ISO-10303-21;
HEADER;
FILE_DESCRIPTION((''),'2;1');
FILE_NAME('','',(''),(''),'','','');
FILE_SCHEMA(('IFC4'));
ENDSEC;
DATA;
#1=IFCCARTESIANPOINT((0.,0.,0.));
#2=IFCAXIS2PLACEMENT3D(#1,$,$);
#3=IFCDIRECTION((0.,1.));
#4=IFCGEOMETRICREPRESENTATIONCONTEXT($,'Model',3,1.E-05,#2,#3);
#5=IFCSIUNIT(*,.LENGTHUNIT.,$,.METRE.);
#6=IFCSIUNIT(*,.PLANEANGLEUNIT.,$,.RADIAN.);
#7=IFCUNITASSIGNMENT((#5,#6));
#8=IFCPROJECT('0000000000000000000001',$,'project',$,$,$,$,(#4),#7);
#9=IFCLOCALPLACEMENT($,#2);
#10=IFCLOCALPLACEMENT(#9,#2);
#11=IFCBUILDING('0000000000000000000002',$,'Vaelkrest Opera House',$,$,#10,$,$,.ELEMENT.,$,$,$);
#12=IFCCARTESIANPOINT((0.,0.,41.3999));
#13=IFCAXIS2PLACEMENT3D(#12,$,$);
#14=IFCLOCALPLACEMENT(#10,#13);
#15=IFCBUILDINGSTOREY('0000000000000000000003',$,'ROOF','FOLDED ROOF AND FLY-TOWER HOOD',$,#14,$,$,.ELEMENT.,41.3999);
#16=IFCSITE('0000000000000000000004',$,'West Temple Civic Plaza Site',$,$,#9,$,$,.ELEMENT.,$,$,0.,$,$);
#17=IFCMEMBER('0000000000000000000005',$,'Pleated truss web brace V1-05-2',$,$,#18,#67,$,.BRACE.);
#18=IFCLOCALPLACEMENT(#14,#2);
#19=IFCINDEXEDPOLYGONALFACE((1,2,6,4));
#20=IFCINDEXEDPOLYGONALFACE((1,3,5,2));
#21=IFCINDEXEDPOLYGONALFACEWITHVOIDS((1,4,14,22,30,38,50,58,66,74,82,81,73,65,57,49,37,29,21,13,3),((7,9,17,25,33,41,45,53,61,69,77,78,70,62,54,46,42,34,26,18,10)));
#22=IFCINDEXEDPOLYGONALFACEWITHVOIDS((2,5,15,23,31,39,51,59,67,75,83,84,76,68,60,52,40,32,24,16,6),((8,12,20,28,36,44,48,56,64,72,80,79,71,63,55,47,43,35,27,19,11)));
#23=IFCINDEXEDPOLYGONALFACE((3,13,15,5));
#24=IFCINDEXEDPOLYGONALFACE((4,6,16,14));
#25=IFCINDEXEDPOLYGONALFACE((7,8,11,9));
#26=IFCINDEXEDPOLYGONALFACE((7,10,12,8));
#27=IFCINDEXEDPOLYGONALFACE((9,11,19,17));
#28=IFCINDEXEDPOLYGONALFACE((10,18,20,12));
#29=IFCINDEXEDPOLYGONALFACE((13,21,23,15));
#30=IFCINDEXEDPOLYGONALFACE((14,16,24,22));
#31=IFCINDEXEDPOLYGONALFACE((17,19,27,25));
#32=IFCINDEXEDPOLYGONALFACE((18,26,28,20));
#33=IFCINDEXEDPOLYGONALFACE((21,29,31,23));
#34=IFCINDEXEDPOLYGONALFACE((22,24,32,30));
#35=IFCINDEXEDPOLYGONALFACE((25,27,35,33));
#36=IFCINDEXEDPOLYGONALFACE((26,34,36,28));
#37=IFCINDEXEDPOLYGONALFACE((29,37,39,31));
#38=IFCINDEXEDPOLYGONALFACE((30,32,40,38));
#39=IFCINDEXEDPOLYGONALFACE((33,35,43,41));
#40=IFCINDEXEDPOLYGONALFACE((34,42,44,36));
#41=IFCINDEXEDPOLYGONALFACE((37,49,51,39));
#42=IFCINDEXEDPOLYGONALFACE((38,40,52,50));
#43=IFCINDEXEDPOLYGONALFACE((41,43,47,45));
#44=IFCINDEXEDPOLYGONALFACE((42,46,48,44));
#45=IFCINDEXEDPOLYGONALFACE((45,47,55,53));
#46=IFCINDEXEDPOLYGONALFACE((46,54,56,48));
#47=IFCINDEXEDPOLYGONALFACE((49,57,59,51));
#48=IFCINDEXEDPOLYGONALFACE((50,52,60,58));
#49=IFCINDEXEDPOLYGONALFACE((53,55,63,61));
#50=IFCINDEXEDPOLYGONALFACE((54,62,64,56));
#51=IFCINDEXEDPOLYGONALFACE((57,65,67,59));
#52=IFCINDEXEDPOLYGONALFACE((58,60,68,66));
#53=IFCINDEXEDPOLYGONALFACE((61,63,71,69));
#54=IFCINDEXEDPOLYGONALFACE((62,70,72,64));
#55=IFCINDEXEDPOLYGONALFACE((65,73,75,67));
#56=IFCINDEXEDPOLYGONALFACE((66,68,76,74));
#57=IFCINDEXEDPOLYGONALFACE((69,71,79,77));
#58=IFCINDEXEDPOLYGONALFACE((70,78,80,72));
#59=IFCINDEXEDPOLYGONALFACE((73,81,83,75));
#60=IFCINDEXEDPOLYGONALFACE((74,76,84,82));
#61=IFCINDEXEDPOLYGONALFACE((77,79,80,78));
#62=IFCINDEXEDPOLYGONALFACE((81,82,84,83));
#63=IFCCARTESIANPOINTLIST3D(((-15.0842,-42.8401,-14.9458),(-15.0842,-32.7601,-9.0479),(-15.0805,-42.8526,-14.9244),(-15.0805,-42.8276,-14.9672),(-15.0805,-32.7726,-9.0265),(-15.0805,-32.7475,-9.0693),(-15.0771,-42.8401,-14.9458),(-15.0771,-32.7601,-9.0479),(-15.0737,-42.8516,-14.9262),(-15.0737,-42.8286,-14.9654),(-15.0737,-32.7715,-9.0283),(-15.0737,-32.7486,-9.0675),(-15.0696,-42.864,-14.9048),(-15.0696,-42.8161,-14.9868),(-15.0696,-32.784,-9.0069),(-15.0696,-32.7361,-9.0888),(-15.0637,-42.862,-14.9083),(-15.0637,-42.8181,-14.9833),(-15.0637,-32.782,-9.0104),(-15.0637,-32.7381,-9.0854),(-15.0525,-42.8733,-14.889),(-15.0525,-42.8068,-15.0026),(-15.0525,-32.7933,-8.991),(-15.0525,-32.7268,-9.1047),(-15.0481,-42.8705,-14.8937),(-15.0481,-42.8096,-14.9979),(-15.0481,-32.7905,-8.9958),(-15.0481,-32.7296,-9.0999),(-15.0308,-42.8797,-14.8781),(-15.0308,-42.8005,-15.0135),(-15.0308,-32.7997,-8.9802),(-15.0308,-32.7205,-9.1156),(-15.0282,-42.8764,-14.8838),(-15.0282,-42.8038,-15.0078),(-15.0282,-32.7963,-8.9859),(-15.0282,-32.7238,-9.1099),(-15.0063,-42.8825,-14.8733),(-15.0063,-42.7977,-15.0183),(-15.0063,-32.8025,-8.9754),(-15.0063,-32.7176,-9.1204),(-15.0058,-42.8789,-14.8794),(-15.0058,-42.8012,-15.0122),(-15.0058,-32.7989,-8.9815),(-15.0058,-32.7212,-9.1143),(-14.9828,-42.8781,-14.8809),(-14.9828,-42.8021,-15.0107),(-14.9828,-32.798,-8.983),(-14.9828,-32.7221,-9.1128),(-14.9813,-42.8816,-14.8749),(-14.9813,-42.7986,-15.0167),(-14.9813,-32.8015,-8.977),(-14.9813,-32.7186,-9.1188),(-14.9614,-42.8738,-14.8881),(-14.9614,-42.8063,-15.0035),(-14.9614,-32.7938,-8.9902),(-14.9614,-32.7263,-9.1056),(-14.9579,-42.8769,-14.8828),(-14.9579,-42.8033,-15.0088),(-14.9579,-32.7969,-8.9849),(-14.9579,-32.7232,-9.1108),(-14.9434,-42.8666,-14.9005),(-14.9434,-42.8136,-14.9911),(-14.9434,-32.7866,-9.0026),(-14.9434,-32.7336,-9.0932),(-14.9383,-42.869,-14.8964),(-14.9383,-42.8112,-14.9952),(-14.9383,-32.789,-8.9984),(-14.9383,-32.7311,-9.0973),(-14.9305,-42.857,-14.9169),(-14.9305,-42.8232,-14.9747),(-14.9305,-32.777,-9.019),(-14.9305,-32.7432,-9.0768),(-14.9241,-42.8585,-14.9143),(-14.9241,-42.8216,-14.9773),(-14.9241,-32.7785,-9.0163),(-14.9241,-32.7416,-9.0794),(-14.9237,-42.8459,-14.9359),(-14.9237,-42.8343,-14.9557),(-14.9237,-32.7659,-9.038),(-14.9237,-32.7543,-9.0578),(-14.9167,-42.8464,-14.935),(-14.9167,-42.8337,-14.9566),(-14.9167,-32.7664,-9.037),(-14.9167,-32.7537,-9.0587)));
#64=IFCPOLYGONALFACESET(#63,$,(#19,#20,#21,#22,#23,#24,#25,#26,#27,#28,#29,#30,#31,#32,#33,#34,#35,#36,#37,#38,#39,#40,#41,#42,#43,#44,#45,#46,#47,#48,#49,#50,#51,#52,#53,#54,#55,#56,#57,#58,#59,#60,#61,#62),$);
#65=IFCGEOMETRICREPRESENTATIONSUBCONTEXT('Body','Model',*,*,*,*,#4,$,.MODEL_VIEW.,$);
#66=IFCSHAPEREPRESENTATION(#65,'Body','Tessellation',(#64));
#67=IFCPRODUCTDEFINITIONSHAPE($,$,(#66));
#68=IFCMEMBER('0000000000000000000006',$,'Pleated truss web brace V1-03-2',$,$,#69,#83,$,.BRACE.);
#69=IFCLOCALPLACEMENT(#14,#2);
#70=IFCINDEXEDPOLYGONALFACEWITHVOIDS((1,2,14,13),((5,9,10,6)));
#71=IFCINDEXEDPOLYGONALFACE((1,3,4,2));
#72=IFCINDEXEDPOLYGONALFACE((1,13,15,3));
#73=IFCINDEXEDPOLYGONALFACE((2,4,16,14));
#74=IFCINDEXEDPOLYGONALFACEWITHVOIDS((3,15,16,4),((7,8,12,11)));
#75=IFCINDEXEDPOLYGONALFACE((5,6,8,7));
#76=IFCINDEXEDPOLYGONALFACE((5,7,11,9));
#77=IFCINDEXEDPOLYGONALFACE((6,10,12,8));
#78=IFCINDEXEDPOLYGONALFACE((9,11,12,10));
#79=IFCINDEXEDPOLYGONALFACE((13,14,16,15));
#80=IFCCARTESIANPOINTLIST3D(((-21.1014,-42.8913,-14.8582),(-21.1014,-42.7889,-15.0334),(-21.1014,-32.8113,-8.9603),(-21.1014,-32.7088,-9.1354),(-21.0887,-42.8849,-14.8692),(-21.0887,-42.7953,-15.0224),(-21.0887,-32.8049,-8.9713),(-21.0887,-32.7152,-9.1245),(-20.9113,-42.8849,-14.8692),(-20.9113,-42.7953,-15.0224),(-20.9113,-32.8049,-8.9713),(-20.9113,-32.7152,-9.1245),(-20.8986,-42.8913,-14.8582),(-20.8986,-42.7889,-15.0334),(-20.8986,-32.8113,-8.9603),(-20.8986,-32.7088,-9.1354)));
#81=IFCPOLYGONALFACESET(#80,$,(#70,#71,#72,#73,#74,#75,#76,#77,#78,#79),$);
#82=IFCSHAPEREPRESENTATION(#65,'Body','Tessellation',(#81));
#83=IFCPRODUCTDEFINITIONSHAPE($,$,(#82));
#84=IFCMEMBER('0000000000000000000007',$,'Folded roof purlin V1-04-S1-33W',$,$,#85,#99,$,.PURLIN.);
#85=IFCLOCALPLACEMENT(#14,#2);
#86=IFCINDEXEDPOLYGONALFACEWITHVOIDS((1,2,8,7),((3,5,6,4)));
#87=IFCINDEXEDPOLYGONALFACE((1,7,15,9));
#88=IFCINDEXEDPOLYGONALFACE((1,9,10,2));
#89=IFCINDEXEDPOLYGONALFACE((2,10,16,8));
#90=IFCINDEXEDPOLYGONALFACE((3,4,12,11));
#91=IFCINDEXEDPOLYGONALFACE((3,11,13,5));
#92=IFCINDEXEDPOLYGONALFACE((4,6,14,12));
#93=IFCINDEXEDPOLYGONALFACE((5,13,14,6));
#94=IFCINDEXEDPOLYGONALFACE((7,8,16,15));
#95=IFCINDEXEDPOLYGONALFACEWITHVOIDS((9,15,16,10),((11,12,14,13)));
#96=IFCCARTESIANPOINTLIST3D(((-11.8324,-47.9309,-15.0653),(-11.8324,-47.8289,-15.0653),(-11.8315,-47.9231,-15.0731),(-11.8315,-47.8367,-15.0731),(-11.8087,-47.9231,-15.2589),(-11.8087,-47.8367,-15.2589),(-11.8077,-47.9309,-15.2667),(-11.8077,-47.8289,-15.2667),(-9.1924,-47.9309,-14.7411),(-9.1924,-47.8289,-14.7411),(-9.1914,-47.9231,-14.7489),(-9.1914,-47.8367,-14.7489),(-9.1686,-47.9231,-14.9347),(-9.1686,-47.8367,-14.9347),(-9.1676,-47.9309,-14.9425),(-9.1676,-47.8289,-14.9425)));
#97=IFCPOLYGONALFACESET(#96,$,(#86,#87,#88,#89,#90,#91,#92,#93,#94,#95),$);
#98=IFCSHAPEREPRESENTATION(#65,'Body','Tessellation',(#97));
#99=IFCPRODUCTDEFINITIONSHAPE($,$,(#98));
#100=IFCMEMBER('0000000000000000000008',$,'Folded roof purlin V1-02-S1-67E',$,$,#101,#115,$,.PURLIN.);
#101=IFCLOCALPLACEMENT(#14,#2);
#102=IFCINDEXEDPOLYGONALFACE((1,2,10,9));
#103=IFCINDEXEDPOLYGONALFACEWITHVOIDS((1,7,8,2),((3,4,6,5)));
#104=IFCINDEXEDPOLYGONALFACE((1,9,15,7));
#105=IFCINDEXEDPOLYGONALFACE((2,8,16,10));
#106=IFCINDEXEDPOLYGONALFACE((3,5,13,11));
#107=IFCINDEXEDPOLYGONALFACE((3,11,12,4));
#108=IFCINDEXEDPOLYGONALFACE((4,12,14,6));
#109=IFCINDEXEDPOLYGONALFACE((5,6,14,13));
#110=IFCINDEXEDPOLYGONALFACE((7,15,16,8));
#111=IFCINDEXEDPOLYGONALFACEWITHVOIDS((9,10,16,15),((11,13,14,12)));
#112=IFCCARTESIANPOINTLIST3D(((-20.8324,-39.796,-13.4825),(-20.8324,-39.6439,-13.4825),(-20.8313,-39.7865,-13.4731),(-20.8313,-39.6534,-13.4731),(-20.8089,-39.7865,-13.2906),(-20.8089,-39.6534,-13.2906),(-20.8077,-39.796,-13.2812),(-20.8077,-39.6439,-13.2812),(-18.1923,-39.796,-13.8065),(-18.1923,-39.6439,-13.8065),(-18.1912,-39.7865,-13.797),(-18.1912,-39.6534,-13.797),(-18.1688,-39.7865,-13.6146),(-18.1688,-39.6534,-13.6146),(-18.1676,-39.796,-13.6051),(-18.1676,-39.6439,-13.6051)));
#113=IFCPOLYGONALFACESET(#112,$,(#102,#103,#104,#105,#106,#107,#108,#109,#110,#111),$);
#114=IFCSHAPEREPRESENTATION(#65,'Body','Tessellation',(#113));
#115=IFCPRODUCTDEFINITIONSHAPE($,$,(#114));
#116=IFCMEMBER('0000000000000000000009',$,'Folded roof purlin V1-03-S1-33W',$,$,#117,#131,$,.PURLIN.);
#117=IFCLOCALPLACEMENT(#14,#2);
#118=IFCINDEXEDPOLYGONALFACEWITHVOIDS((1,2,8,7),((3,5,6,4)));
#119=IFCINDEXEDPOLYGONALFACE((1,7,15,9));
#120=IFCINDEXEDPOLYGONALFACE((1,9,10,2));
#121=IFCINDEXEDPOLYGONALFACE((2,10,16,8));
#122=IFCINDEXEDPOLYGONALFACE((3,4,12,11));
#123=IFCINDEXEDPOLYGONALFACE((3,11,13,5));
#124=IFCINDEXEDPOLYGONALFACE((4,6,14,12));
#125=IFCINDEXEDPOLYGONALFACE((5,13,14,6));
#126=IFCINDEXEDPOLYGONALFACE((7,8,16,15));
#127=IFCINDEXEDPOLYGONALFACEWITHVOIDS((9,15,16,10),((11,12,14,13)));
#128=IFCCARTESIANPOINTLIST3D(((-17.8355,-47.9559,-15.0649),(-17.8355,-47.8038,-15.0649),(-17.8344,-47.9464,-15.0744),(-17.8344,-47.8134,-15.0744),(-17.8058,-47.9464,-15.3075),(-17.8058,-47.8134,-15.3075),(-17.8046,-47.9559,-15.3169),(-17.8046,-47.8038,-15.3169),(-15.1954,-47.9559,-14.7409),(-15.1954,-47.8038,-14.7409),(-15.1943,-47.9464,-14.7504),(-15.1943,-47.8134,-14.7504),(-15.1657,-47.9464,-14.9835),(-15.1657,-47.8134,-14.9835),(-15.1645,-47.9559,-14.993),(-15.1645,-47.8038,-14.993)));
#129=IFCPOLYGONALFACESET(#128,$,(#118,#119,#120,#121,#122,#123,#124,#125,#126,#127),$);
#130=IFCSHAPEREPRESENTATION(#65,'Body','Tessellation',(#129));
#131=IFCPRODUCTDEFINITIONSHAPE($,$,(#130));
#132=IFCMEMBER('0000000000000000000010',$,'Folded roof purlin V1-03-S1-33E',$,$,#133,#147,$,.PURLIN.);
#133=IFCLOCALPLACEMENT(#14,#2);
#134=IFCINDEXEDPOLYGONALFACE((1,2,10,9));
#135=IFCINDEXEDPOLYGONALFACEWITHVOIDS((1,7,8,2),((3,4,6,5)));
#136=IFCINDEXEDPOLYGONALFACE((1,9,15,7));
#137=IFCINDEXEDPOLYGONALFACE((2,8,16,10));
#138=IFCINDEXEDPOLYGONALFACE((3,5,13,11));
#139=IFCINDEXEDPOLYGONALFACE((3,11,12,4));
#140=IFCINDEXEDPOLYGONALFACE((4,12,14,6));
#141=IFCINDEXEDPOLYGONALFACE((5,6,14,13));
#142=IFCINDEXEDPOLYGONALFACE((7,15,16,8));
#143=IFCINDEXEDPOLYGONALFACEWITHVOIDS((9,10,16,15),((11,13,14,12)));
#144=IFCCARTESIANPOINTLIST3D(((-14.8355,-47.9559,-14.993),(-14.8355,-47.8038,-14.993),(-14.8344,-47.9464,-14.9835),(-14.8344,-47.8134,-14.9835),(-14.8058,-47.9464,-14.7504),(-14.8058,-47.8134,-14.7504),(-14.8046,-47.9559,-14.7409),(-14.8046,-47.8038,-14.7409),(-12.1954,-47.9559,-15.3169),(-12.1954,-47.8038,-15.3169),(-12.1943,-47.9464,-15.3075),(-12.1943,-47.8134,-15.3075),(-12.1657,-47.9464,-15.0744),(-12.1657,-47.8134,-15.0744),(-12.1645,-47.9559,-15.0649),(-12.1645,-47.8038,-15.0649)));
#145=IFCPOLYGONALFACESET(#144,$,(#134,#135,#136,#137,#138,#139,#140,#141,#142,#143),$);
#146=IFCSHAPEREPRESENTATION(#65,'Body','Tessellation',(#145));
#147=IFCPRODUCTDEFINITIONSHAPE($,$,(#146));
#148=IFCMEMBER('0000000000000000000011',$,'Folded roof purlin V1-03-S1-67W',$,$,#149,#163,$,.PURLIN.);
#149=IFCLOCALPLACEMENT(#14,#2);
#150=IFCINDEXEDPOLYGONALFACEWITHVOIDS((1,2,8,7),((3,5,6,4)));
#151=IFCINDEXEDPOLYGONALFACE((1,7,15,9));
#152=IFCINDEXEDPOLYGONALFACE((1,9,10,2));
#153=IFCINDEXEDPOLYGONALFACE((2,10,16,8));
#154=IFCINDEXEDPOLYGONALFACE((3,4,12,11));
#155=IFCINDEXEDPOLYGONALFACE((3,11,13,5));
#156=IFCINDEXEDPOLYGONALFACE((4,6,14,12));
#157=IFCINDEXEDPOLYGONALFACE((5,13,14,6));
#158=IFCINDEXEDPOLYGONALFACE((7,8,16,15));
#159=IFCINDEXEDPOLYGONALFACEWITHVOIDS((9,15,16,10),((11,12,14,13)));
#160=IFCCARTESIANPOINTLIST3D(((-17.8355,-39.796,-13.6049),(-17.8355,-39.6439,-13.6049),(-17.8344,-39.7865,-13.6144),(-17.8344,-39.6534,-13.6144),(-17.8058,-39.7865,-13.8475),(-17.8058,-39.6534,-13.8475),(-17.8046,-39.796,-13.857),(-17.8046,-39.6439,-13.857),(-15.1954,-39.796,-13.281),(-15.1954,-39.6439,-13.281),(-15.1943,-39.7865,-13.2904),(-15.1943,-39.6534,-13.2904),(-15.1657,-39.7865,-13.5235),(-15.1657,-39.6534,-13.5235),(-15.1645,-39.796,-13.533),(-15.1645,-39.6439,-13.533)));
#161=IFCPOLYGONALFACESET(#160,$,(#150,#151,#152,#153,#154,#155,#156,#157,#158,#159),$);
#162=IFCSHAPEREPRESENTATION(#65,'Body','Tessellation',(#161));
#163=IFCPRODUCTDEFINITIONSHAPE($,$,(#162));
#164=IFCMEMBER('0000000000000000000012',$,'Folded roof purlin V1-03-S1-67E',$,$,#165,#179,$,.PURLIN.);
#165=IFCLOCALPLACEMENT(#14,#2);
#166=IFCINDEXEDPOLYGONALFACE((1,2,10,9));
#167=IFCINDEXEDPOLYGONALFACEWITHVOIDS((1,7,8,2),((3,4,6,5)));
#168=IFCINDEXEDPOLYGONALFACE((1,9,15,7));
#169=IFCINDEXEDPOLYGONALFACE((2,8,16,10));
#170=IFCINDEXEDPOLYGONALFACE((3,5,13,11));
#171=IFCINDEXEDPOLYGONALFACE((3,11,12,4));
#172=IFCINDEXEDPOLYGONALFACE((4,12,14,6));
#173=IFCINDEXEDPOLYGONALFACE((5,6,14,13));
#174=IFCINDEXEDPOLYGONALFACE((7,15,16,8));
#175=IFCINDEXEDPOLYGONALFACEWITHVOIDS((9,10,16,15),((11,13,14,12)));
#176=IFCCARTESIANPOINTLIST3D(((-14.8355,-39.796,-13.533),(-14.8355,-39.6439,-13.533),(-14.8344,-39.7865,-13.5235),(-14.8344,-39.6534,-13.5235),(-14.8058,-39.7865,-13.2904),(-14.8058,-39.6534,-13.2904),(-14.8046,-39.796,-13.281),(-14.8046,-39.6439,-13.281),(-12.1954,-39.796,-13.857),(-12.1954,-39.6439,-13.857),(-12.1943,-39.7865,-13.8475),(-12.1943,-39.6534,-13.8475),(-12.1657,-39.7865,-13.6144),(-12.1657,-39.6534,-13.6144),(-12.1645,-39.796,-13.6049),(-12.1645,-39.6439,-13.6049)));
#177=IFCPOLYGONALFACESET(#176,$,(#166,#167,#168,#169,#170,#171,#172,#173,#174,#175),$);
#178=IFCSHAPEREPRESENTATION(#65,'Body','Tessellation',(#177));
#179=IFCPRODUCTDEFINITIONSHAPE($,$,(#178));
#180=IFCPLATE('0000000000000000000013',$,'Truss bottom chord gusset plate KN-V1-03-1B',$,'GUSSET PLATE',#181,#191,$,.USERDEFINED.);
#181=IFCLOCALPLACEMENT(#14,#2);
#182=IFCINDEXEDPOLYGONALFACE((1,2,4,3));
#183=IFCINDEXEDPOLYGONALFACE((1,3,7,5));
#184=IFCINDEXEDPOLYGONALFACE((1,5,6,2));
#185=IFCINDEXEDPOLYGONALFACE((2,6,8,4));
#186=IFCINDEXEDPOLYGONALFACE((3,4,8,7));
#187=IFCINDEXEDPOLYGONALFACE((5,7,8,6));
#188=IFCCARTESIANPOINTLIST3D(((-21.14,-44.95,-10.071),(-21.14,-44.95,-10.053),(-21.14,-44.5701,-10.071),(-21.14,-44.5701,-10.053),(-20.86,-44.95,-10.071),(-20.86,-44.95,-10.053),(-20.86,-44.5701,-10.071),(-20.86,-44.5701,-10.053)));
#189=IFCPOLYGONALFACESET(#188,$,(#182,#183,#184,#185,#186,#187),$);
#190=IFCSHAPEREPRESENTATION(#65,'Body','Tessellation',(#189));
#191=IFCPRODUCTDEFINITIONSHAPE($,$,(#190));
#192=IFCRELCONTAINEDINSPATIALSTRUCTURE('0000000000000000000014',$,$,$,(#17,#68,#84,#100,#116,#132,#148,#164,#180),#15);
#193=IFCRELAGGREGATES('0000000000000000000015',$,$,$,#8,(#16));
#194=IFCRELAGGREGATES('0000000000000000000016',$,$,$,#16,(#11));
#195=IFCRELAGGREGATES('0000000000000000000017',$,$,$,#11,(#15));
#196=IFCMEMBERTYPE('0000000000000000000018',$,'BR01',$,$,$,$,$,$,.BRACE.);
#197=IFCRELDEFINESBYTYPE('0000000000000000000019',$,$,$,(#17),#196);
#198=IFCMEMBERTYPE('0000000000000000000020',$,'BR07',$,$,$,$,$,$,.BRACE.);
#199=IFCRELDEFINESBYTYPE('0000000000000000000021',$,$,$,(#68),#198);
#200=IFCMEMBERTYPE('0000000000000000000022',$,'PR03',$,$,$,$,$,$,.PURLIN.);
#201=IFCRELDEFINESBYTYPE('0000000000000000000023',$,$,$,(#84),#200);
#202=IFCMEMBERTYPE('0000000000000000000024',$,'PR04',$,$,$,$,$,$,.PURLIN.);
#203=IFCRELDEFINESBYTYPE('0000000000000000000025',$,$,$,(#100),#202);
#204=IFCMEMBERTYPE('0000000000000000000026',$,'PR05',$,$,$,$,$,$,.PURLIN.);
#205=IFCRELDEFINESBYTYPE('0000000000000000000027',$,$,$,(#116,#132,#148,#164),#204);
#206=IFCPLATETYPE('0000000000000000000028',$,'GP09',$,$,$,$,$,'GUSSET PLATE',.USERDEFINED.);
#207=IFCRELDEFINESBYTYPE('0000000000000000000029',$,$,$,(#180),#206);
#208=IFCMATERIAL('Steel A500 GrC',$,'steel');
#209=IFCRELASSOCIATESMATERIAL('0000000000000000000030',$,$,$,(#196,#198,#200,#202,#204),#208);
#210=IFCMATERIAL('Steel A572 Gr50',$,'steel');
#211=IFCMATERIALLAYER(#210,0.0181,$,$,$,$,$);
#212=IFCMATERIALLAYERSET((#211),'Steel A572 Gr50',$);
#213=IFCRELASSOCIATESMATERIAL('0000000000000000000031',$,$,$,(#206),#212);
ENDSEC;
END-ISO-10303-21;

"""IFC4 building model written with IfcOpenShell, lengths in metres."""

from ifc_helpers import new_model, si_unit, direction, frame, origin, origin_2d, place, context, subcontext, project, spatial, rectangle, hollow_rectangle, hollow_circle, extrude, material, layer, layer_set, material_profile, profile_set, type_object, element, save


model = new_model("IFC4")

# Units and contexts
model_context = context("Model", 3, precision=1e-05, world=origin(), true_north=direction((0.0, 1.0)))
body_context = subcontext(model_context, "Body", "Model", "MODEL_VIEW")
ifc_project = project(units=[si_unit("LENGTHUNIT", "METRE"), si_unit("PLANEANGLEUNIT", "RADIAN")], contexts=[model_context])

# Site, building, storey
site_placement = place(None, origin())
site = spatial("IfcSite", under=ifc_project, at=site_placement, Name="West Temple Civic Plaza Site", CompositionType="ELEMENT", RefElevation=0.0)
building_placement = place(site_placement, origin())
building = spatial("IfcBuilding", under=site, at=building_placement, Name="Vaelkrest Opera House", CompositionType="ELEMENT")
storey_placement = place(building_placement, frame((0.0, 0.0, 41.3999)))
storey = spatial("IfcBuildingStorey", under=building, at=storey_placement, Name="ROOF", Description="FOLDED ROOF AND FLY-TOWER HOOD", CompositionType="ELEMENT", Elevation=41.3999)

# Members
ifc_material_1 = material(Name="Steel A500 GrC", Category="steel")
ifc_material_profile_1 = material_profile(ifc_material_1, hollow_circle(Radius=0.0842, WallThickness=0.0071, at=origin_2d()), Name="HSS168.3X7.1")
ifc_profile_set_1 = profile_set([ifc_material_profile_1], Name="Steel A500 GrC")
member_type_1 = type_object("IfcMemberType", Name="BR01", PredefinedType="BRACE", material=ifc_profile_set_1)
member_1_placement = place(storey_placement, frame((-15.0, -42.8401, -14.9458), z_axis=(0.0, 0.863111, 0.505014), x_axis=(-1.0, 0.0, 0.0)))
element("IfcMember", 1, at=member_1_placement, inside=storey, type_object=member_type_1, Name="Pleated truss web brace V1-05-2", PredefinedType="BRACE", context=body_context, shape_type="SweptSolid", body=[
    extrude(hollow_circle(Radius=0.0842, WallThickness=0.0071, at=origin_2d()), origin(), (0.0, 0.0, 1.0), 11.6787),
])
ifc_material_profile_2 = material_profile(ifc_material_1, hollow_rectangle(XDim=0.2029, YDim=0.2029, WallThickness=0.0127, at=origin_2d()), Name="HSS203X203X12.7")
ifc_profile_set_2 = profile_set([ifc_material_profile_2], Name="Steel A500 GrC")
member_type_2 = type_object("IfcMemberType", Name="BR07", PredefinedType="BRACE", material=ifc_profile_set_2)
member_2_placement = place(storey_placement, frame((-21.0, -42.8401, -14.9458), z_axis=(0.0, 0.863111, 0.505014), x_axis=(-1.0, 0.0, 0.0)))
element("IfcMember", 2, at=member_2_placement, inside=storey, type_object=member_type_2, Name="Pleated truss web brace V1-03-2", PredefinedType="BRACE", context=body_context, shape_type="SweptSolid", body=[
    extrude(hollow_rectangle(XDim=0.2029, YDim=0.2029, WallThickness=0.0127, at=origin_2d()), origin(), (0.0, 0.0, 1.0), 11.6787),
])
ifc_material_profile_3 = material_profile(ifc_material_1, hollow_rectangle(XDim=0.1021, YDim=0.2029, WallThickness=0.0078, at=origin_2d()), Name="HSS203X102X8")
ifc_profile_set_3 = profile_set([ifc_material_profile_3], Name="Steel A500 GrC")
member_type_3 = type_object("IfcMemberType", Name="PR03", PredefinedType="PURLIN", material=ifc_profile_set_3)
member_3_placement = place(storey_placement, frame((-11.8201, -47.8799, -15.166), z_axis=(0.992544, 0.0, 0.121888), x_axis=(0.0, 1.0, 0.0)))
element("IfcMember", 3, at=member_3_placement, inside=storey, type_object=member_type_3, Name="Folded roof purlin V1-04-S1-33W", PredefinedType="PURLIN", context=body_context, shape_type="SweptSolid", body=[
    extrude(hollow_rectangle(XDim=0.1021, YDim=0.2029, WallThickness=0.0078, at=origin_2d()), origin(), (0.0, 0.0, 1.0), 2.6599),
])
ifc_material_profile_4 = material_profile(ifc_material_1, hollow_rectangle(XDim=0.1521, YDim=0.2029, WallThickness=0.0095, at=origin_2d()), Name="HSS203X152X9.5")
ifc_profile_set_4 = profile_set([ifc_material_profile_4], Name="Steel A500 GrC")
member_type_4 = type_object("IfcMemberType", Name="PR04", PredefinedType="PURLIN", material=ifc_profile_set_4)
member_4_placement = place(storey_placement, frame((-20.8201, -39.72, -13.3818), z_axis=(0.992555, 0.0, -0.121798), x_axis=(0.0, 1.0, 0.0)))
element("IfcMember", 4, at=member_4_placement, inside=storey, type_object=member_type_4, Name="Folded roof purlin V1-02-S1-67E", PredefinedType="PURLIN", context=body_context, shape_type="SweptSolid", body=[
    extrude(hollow_rectangle(XDim=0.1521, YDim=0.2029, WallThickness=0.0095, at=origin_2d()), origin(), (0.0, 0.0, 1.0), 2.6599),
])
ifc_material_profile_5 = material_profile(ifc_material_1, hollow_rectangle(XDim=0.1521, YDim=0.2539, WallThickness=0.0095, at=origin_2d()), Name="HSS254X152X9.5")
ifc_profile_set_5 = profile_set([ifc_material_profile_5], Name="Steel A500 GrC")
member_type_5 = type_object("IfcMemberType", Name="PR05", PredefinedType="PURLIN", material=ifc_profile_set_5)
for number, where, z_axis, x_axis, name in (
    (5, (-17.8201, -47.8799, -15.1909), (0.992555, 0.0, 0.121798), (0.0, 1.0, 0.0), "Folded roof purlin V1-03-S1-33W"),
    (6, (-14.8201, -47.8799, -14.8669), (0.992555, 0.0, -0.121798), (0.0, 1.0, 0.0), "Folded roof purlin V1-03-S1-33E"),
    (7, (-17.8201, -39.72, -13.731), (0.992555, 0.0, 0.121798), (0.0, 1.0, 0.0), "Folded roof purlin V1-03-S1-67W"),
    (8, (-14.8201, -39.72, -13.407), (0.992555, 0.0, -0.121798), (0.0, 1.0, 0.0), "Folded roof purlin V1-03-S1-67E"),
):
    element("IfcMember", number, at=place(storey_placement, frame(where, z_axis=z_axis, x_axis=x_axis)), inside=storey, type_object=member_type_5, Name=name, PredefinedType="PURLIN", context=body_context, shape_type="SweptSolid", body=[
        extrude(hollow_rectangle(XDim=0.1521, YDim=0.2539, WallThickness=0.0095, at=origin_2d()), origin(), (0.0, 0.0, 1.0), 2.6599),
    ])

# Plate
ifc_material_2 = material(Name="Steel A572 Gr50", Category="steel")
ifc_layer_1 = layer(ifc_material_2, 0.0181)
ifc_layer_set_1 = layer_set([ifc_layer_1], Name="Steel A572 Gr50")
plate_type_1 = type_object("IfcPlateType", Name="GP09", ElementType="GUSSET PLATE", PredefinedType="USERDEFINED", material=ifc_layer_set_1)
for number, where, z_axis, x_axis, name in (
    (9, (-21.0, -44.76, -10.071), (0.0, 0.0, 1.0), (0.0, 1.0, 0.0), "Truss bottom chord gusset plate KN-V1-03-1B"),
):
    element("IfcPlate", number, at=place(storey_placement, frame(where, z_axis=z_axis, x_axis=x_axis)), inside=storey, type_object=plate_type_1, Name=name, ObjectType="GUSSET PLATE", PredefinedType="USERDEFINED", context=body_context, shape_type="SweptSolid", body=[
        extrude(rectangle(XDim=0.3799, YDim=0.28, at=origin_2d()), origin(), (0.0, 0.0, 1.0), 0.0181),
    ])

save(model, "model.ifc")
